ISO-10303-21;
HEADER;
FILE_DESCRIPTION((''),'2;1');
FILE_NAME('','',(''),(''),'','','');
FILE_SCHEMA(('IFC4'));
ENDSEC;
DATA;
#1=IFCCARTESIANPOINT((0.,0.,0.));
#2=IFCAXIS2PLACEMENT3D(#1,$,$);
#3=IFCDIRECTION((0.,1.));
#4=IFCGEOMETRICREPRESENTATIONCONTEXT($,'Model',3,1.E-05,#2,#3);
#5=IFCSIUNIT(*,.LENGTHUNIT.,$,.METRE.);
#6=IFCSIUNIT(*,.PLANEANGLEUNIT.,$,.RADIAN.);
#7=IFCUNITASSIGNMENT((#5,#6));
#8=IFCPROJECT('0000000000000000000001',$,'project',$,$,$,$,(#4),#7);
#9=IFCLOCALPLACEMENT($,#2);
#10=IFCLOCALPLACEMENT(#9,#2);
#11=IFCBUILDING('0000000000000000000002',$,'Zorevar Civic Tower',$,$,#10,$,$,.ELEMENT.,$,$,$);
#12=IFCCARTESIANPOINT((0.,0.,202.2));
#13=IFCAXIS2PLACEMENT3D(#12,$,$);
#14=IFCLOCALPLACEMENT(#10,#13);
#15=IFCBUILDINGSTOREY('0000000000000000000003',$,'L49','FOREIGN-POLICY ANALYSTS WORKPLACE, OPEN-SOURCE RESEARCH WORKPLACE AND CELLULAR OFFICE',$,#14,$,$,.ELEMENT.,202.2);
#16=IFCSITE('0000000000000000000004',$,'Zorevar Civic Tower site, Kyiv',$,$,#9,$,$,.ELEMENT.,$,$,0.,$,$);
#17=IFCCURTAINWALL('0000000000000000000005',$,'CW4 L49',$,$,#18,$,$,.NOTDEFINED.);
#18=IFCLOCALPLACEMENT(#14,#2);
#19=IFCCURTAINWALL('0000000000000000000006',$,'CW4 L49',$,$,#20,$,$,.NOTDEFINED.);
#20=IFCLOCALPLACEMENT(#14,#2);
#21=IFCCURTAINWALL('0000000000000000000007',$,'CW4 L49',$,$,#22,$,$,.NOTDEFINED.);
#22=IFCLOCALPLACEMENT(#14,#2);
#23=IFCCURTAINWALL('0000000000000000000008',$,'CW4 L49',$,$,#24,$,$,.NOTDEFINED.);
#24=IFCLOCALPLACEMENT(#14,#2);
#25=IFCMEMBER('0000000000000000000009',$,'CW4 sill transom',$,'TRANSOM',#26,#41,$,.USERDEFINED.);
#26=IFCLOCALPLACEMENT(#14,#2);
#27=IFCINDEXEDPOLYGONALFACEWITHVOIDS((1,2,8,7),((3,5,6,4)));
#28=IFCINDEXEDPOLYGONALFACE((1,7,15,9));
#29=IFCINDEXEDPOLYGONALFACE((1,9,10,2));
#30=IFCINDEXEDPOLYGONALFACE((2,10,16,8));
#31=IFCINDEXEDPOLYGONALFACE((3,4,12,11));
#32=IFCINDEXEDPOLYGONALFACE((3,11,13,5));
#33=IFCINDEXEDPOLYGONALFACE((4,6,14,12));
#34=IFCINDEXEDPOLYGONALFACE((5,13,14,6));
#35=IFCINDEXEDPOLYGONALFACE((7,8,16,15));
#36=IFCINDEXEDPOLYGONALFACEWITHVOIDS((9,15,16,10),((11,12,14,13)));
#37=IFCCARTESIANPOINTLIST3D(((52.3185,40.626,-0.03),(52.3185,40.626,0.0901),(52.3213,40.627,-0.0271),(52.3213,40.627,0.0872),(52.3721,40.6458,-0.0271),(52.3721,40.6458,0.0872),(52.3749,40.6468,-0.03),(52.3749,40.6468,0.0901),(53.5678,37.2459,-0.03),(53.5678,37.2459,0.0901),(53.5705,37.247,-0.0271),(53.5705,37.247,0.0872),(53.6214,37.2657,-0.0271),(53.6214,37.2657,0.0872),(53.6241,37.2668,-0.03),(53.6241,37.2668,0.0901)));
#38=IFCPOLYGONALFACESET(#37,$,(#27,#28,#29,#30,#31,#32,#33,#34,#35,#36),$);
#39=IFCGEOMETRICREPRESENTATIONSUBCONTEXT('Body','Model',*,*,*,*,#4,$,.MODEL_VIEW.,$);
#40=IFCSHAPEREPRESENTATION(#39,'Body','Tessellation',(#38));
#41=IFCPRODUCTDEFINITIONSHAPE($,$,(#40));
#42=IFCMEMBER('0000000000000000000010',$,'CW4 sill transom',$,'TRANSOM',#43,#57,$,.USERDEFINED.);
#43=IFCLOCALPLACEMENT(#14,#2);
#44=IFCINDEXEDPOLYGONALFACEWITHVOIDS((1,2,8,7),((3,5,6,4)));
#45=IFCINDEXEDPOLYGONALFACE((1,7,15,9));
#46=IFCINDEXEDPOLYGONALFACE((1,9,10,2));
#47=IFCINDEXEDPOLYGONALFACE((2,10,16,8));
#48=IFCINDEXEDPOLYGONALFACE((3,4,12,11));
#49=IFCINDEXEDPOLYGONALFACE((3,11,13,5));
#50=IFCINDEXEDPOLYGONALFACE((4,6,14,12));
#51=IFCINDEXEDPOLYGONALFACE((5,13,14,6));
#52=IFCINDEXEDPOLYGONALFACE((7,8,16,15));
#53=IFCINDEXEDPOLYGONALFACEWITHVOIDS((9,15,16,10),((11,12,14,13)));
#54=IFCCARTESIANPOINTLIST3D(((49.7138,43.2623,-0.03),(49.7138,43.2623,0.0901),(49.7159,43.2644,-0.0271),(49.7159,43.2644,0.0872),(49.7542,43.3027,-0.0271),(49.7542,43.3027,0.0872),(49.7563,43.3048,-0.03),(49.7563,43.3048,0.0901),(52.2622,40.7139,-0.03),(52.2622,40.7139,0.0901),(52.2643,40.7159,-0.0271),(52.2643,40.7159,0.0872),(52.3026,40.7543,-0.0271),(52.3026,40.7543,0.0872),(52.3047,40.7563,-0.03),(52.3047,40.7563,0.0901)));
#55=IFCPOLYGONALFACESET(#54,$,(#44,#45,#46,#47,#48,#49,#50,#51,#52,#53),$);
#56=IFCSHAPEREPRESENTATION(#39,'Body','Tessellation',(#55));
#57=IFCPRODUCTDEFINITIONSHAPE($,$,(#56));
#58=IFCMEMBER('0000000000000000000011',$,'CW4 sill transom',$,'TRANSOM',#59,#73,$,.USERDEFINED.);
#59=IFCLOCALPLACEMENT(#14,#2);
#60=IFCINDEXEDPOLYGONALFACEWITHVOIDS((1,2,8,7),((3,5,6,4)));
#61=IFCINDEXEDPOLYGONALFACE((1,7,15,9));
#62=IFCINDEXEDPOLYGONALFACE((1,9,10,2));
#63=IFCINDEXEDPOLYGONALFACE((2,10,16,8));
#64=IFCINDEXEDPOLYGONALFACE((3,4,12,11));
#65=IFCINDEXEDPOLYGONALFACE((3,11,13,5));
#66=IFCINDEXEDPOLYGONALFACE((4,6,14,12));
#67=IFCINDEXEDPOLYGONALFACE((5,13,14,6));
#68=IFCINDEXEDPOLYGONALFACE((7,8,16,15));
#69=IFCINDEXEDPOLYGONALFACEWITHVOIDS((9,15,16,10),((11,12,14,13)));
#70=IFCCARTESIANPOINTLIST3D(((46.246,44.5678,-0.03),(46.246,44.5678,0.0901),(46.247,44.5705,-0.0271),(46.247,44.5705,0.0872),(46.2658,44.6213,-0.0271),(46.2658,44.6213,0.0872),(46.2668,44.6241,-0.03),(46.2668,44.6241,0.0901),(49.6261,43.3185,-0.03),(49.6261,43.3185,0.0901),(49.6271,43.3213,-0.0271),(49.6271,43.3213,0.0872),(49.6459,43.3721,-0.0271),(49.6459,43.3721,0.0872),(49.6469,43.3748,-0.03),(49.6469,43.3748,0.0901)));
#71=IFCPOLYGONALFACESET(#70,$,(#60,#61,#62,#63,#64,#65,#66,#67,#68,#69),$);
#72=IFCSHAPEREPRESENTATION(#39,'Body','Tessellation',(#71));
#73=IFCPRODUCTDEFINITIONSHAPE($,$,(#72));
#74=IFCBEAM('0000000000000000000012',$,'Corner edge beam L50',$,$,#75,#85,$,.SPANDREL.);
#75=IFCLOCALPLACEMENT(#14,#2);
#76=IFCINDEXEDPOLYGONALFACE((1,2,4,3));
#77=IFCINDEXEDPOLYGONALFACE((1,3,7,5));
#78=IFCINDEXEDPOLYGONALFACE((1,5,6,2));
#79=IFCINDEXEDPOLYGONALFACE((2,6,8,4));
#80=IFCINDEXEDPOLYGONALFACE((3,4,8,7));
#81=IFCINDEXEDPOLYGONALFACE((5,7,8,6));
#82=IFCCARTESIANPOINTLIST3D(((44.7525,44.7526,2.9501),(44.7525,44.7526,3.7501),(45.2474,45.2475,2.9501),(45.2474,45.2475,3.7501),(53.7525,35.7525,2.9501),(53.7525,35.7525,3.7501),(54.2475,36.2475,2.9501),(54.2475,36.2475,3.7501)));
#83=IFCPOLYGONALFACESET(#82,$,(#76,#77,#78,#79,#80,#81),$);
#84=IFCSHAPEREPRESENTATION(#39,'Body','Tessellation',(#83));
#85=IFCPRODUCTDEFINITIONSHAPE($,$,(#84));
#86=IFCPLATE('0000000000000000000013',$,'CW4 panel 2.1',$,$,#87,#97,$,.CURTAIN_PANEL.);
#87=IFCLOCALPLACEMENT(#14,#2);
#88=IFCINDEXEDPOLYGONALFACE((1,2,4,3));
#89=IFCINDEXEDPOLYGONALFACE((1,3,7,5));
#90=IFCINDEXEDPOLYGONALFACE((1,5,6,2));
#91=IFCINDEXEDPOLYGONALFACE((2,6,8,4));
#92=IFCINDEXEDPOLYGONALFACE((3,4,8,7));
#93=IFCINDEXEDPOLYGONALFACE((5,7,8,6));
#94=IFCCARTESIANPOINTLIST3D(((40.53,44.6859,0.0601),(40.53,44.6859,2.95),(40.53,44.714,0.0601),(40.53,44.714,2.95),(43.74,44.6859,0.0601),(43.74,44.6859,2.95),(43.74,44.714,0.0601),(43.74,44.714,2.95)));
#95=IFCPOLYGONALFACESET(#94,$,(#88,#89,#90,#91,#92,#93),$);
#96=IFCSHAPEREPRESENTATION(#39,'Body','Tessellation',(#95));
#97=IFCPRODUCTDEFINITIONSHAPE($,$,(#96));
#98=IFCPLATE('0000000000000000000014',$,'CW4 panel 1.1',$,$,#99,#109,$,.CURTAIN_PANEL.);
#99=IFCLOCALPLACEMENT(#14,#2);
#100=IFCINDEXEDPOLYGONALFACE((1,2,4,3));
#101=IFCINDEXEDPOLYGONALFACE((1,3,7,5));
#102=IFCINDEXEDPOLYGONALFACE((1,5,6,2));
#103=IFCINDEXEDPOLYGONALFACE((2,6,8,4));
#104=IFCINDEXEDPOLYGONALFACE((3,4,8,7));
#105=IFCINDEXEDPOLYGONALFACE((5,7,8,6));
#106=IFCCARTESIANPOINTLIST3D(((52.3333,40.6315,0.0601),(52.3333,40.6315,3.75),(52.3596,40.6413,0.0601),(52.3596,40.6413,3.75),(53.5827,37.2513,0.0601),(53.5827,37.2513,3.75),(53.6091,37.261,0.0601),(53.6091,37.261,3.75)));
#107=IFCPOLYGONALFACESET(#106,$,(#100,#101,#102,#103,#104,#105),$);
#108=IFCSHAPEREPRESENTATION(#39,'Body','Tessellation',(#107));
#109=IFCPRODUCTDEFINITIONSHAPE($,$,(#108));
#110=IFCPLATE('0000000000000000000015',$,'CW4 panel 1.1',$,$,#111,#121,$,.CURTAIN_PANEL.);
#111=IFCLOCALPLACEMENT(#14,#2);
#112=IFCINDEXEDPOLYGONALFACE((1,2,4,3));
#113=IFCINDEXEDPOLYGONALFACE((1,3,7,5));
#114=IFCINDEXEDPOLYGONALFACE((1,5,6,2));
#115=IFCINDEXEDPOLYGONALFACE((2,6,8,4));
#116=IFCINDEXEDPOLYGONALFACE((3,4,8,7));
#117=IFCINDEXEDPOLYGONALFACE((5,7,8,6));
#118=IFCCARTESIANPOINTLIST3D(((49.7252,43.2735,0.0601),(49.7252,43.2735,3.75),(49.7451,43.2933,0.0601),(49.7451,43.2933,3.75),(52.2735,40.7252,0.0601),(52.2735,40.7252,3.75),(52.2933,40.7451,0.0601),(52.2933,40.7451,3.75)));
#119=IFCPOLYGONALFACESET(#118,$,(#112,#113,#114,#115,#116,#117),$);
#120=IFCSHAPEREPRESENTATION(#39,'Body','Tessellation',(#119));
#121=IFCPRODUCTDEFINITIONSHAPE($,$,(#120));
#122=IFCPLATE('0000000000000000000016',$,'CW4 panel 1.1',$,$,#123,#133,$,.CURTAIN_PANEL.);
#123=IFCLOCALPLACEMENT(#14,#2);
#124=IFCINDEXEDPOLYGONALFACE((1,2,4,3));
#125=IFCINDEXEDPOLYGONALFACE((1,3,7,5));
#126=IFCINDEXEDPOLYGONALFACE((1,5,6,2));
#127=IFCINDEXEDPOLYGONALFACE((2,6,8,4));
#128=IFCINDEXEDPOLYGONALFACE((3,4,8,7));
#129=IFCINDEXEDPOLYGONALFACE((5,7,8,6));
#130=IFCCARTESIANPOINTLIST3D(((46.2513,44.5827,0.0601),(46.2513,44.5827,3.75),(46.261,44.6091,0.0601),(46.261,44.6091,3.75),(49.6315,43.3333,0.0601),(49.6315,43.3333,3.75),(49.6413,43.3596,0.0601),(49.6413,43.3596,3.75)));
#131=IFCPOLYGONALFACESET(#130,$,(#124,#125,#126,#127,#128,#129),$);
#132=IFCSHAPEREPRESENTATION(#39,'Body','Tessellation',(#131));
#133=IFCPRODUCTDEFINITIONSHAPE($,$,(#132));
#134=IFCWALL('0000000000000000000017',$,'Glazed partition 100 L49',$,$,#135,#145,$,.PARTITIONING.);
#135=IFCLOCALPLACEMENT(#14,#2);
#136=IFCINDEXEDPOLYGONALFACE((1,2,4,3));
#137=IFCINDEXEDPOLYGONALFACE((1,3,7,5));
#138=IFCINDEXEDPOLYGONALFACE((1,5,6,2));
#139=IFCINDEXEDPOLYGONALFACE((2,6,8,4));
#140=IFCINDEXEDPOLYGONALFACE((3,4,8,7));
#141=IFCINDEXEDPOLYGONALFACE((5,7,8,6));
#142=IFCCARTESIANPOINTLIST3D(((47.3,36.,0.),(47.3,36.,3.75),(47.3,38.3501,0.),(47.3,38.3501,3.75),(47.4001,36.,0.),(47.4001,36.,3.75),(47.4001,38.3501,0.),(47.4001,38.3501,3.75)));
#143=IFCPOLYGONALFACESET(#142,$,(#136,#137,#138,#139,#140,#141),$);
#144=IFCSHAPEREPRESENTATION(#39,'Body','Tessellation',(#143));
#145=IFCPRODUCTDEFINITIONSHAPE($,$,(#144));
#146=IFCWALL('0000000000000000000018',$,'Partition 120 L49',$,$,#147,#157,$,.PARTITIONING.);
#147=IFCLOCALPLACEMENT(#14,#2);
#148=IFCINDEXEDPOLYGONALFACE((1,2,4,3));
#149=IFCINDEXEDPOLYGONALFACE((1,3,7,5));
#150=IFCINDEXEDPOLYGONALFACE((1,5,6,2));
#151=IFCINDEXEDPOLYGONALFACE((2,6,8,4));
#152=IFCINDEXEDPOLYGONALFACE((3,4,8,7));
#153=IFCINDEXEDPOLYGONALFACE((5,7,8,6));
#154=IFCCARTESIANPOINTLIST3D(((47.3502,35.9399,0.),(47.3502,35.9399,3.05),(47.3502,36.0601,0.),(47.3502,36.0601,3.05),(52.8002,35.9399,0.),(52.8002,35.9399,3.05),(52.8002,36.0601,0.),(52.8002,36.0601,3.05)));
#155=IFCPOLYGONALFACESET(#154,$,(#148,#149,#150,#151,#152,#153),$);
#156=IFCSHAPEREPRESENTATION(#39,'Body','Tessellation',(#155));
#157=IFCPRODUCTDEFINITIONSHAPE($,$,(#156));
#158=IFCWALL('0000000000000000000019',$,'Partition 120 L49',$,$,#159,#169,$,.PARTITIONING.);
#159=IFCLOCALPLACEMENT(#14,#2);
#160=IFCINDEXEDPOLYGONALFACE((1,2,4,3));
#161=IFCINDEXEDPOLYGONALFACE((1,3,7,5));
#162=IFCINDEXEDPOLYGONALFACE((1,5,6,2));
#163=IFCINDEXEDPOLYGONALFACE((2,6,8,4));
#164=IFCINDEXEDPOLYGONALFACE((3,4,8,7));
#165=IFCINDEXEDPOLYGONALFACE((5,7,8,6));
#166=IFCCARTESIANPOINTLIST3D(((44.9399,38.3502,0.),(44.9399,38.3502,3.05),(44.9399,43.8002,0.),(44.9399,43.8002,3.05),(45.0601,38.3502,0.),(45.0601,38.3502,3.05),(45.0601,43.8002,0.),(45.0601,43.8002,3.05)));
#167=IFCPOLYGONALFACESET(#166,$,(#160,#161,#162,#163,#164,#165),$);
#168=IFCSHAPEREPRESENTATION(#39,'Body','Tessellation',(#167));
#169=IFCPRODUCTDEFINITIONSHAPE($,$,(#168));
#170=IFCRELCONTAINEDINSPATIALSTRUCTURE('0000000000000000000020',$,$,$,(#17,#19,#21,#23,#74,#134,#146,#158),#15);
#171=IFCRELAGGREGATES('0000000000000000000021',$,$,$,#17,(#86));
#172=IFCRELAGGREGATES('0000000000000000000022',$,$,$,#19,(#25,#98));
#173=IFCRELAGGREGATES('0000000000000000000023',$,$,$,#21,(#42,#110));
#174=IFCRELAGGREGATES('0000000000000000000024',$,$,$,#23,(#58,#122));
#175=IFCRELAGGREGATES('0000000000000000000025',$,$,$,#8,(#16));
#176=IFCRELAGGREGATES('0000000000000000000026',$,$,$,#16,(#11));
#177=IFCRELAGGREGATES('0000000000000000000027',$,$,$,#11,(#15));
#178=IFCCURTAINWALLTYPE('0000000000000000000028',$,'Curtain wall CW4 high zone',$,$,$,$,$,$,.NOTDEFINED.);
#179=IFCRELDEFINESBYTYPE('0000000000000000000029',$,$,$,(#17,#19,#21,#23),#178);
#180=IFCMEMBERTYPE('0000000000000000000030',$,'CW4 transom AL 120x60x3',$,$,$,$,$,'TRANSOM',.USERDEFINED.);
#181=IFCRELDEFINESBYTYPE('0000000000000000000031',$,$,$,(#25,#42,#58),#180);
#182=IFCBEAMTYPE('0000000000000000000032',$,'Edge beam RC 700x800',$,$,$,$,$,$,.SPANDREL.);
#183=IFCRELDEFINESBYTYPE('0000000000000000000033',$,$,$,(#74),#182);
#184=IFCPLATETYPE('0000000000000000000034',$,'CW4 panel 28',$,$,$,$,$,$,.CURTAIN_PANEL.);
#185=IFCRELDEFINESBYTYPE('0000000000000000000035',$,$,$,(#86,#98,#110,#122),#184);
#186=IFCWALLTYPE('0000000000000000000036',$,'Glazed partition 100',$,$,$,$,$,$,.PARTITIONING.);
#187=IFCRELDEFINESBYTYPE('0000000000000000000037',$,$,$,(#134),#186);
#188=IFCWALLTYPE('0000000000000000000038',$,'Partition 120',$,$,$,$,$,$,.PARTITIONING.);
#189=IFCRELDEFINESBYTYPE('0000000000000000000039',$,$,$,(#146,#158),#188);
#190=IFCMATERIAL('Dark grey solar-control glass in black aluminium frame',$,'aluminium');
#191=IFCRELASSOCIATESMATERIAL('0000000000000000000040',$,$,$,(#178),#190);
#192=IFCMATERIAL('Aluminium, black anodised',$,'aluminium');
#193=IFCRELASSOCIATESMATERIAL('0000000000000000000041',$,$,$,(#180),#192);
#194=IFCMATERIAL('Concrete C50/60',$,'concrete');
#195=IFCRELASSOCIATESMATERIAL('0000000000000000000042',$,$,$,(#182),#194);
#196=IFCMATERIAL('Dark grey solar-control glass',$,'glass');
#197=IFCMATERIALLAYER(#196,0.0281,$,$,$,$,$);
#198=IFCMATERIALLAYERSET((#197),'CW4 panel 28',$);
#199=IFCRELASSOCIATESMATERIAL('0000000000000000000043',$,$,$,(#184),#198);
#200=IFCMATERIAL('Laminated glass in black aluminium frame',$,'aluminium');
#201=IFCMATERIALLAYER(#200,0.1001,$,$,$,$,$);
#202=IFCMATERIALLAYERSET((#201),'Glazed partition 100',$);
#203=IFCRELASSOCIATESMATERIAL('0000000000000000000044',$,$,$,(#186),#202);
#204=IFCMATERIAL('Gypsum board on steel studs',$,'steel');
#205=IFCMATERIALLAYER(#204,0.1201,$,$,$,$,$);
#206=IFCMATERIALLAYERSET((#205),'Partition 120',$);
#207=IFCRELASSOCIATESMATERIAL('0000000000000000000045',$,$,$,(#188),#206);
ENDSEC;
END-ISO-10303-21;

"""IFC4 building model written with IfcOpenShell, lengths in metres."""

from ifc_helpers import new_model, si_unit, direction, frame, frame_2d, origin, origin_2d, place, context, subcontext, project, spatial, rectangle, hollow_rectangle, extrude, material, layer, layer_set, material_profile, profile_set, type_object, element, aggregate, save


model = new_model("IFC4")

# Units and contexts
model_context = context("Model", 3, precision=1e-05, world=origin(), true_north=direction((0.0, 1.0)))
body_context = subcontext(model_context, "Body", "Model", "MODEL_VIEW")
ifc_project = project(units=[si_unit("LENGTHUNIT", "METRE"), si_unit("PLANEANGLEUNIT", "RADIAN")], contexts=[model_context])

# Site, building, storey
site_placement = place(None, origin())
site = spatial("IfcSite", under=ifc_project, at=site_placement, Name="Zorevar Civic Tower site, Kyiv", CompositionType="ELEMENT", RefElevation=0.0)
building_placement = place(site_placement, origin())
building = spatial("IfcBuilding", under=site, at=building_placement, Name="Zorevar Civic Tower", CompositionType="ELEMENT")
storey_placement = place(building_placement, frame((0.0, 0.0, 202.2)))
storey = spatial("IfcBuildingStorey", under=building, at=storey_placement, Name="L49", Description="FOREIGN-POLICY ANALYSTS WORKPLACE, OPEN-SOURCE RESEARCH WORKPLACE AND CELLULAR OFFICE", CompositionType="ELEMENT", Elevation=202.2)

# Curtain walls
ifc_material_1 = material(Name="Dark grey solar-control glass in black aluminium frame", Category="aluminium")
curtain_wall_type = type_object("IfcCurtainWallType", Name="Curtain wall CW4 high zone", PredefinedType="NOTDEFINED", material=ifc_material_1)
curtain_wall_1_placement = place(storey_placement, origin())
curtain_wall_1 = element("IfcCurtainWall", 1, at=curtain_wall_1_placement, inside=storey, type_object=curtain_wall_type, Name="CW4 L49", PredefinedType="NOTDEFINED")
curtain_wall_2_placement = place(storey_placement, origin())
curtain_wall_2 = element("IfcCurtainWall", 2, at=curtain_wall_2_placement, inside=storey, type_object=curtain_wall_type, Name="CW4 L49", PredefinedType="NOTDEFINED")
curtain_wall_3_placement = place(storey_placement, origin())
curtain_wall_3 = element("IfcCurtainWall", 3, at=curtain_wall_3_placement, inside=storey, type_object=curtain_wall_type, Name="CW4 L49", PredefinedType="NOTDEFINED")
curtain_wall_4_placement = place(storey_placement, origin())
curtain_wall_4 = element("IfcCurtainWall", 4, at=curtain_wall_4_placement, inside=storey, type_object=curtain_wall_type, Name="CW4 L49", PredefinedType="NOTDEFINED")

# Members
ifc_material_2 = material(Name="Aluminium, black anodised", Category="aluminium")
ifc_material_profile_1 = material_profile(ifc_material_2, hollow_rectangle(XDim=0.0601, YDim=0.1201, WallThickness=0.0029, at=origin_2d()), Name="AL 120x60x3")
ifc_profile_set_1 = profile_set([ifc_material_profile_1], Name="Aluminium, black anodised")
member_type_1 = type_object("IfcMemberType", Name="CW4 transom AL 120x60x3", ElementType="TRANSOM", PredefinedType="USERDEFINED", material=ifc_profile_set_1)
member_1_placement = place(storey_placement, frame((53.5959, 37.2563, 0.03), z_axis=(-0.346672, 0.937986, 0.0), x_axis=(-0.937986, -0.346672, 0.0)))
member_1 = element("IfcMember", 5, at=member_1_placement, type_object=member_type_1, Name="CW4 sill transom", ObjectType="TRANSOM", PredefinedType="USERDEFINED", context=body_context, shape_type="SweptSolid", body=[
    extrude(hollow_rectangle(XDim=0.0601, YDim=0.1201, WallThickness=0.0029, at=origin_2d()), origin(), (0.0, 0.0, 1.0), 3.6035),
])
member_2_placement = place(storey_placement, frame((52.2834, 40.7351, 0.03), z_axis=(-0.707107, 0.707107, 0.0), x_axis=(-0.707107, -0.707107, 0.0)))
member_2 = element("IfcMember", 6, at=member_2_placement, type_object=member_type_1, Name="CW4 sill transom", ObjectType="TRANSOM", PredefinedType="USERDEFINED", context=body_context, shape_type="SweptSolid", body=[
    extrude(hollow_rectangle(XDim=0.0601, YDim=0.1201, WallThickness=0.0029, at=origin_2d()), origin(), (0.0, 0.0, 1.0), 3.604),
])
member_3_placement = place(storey_placement, frame((49.6365, 43.3467, 0.03), z_axis=(-0.937986, 0.346672, 0.0), x_axis=(-0.346672, -0.937986, 0.0)))
member_3 = element("IfcMember", 7, at=member_3_placement, type_object=member_type_1, Name="CW4 sill transom", ObjectType="TRANSOM", PredefinedType="USERDEFINED", context=body_context, shape_type="SweptSolid", body=[
    extrude(hollow_rectangle(XDim=0.0601, YDim=0.1201, WallThickness=0.0029, at=origin_2d()), origin(), (0.0, 0.0, 1.0), 3.6035),
])

# Beam
ifc_material_3 = material(Name="Concrete C50/60", Category="concrete")
ifc_material_profile_2 = material_profile(ifc_material_3, rectangle(XDim=0.7, YDim=0.8, at=origin_2d()), Name="RC 700x800")
ifc_profile_set_2 = profile_set([ifc_material_profile_2], Name="Concrete C50/60")
beam_type_1 = type_object("IfcBeamType", Name="Edge beam RC 700x800", PredefinedType="SPANDREL", material=ifc_profile_set_2)
beam_1_placement = place(storey_placement, frame((54.0, 36.0, 3.3501), z_axis=(-0.707107, 0.707107, 0.0), x_axis=(-0.707107, -0.707107, 0.0)))
element("IfcBeam", 8, at=beam_1_placement, inside=storey, type_object=beam_type_1, Name="Corner edge beam L50", PredefinedType="SPANDREL", context=body_context, shape_type="SweptSolid", body=[
    extrude(rectangle(XDim=0.7, YDim=0.8, at=origin_2d()), origin(), (0.0, 0.0, 1.0), 12.728),
])

# Plates
ifc_material_4 = material(Name="Dark grey solar-control glass", Category="glass")
ifc_layer_1 = layer(ifc_material_4, 0.0281)
ifc_layer_set_1 = layer_set([ifc_layer_1], Name="CW4 panel 28")
plate_type = type_object("IfcPlateType", Name="CW4 panel 28", PredefinedType="CURTAIN_PANEL", material=ifc_layer_set_1)
plate_1_placement = place(storey_placement, frame((42.135, 44.7, 0.0601), z_axis=(0.0, 0.0, 1.0), x_axis=(1.0, 0.0, 0.0)))
plate_1 = element("IfcPlate", 9, at=plate_1_placement, type_object=plate_type, Name="CW4 panel 2.1", PredefinedType="CURTAIN_PANEL", context=body_context, shape_type="SweptSolid", body=[
    extrude(rectangle(XDim=3.21, YDim=0.0281, at=origin_2d()), origin(), (0.0, 0.0, 1.0), 2.8899),
])
aggregate(curtain_wall_1, [plate_1])
plate_2_placement = place(storey_placement, frame((52.9712, 38.9463, 0.0601), z_axis=(0.0, 0.0, 1.0), x_axis=(-0.346704, 0.937975, 0.0)))
plate_2 = element("IfcPlate", 10, at=plate_2_placement, type_object=plate_type, Name="CW4 panel 1.1", PredefinedType="CURTAIN_PANEL", context=body_context, shape_type="SweptSolid", body=[
    extrude(rectangle(XDim=3.6038, YDim=0.0281, at=origin_2d()), origin(), (0.0, 0.0, 1.0), 3.6899),
])
aggregate(curtain_wall_2, [member_1, plate_2])
plate_3_placement = place(storey_placement, frame((51.0093, 42.0093, 0.0601), z_axis=(0.0, 0.0, 1.0), x_axis=(-0.707107, 0.707107, 0.0)))
plate_3 = element("IfcPlate", 11, at=plate_3_placement, type_object=plate_type, Name="CW4 panel 1.1", PredefinedType="CURTAIN_PANEL", context=body_context, shape_type="SweptSolid", body=[
    extrude(rectangle(XDim=3.6038, YDim=0.0281, at=origin_2d()), origin(), (0.0, 0.0, 1.0), 3.6899),
])
aggregate(curtain_wall_3, [member_2, plate_3])
plate_4_placement = place(storey_placement, frame((47.9463, 43.9712, 0.0601), z_axis=(0.0, 0.0, 1.0), x_axis=(-0.937975, 0.346704, 0.0)))
plate_4 = element("IfcPlate", 12, at=plate_4_placement, type_object=plate_type, Name="CW4 panel 1.1", PredefinedType="CURTAIN_PANEL", context=body_context, shape_type="SweptSolid", body=[
    extrude(rectangle(XDim=3.6038, YDim=0.0281, at=origin_2d()), origin(), (0.0, 0.0, 1.0), 3.6899),
])
aggregate(curtain_wall_4, [member_3, plate_4])

# Shared definitions
ifc_material_5 = material(Name="Laminated glass in black aluminium frame", Category="aluminium")
ifc_layer_2 = layer(ifc_material_5, 0.1001)
ifc_layer_set_2 = layer_set([ifc_layer_2], Name="Glazed partition 100")
wall_type_1 = type_object("IfcWallType", Name="Glazed partition 100", PredefinedType="PARTITIONING", material=ifc_layer_set_2)

# Walls
wall_1_placement = place(storey_placement, frame((47.3501, 36.0, 0.0), z_axis=(0.0, 0.0, 1.0), x_axis=(0.0, 1.0, 0.0)))
element("IfcWall", 13, at=wall_1_placement, inside=storey, type_object=wall_type_1, Name="Glazed partition 100 L49", PredefinedType="PARTITIONING", context=body_context, shape_type="SweptSolid", body=[
    extrude(rectangle(XDim=2.3501, YDim=0.1001, at=frame_2d((1.175, 0.0))), origin(), (0.0, 0.0, 1.0), 3.75),
])
ifc_material_6 = material(Name="Gypsum board on steel studs", Category="steel")
ifc_layer_3 = layer(ifc_material_6, 0.1201)
ifc_layer_set_3 = layer_set([ifc_layer_3], Name="Partition 120")
wall_type_2 = type_object("IfcWallType", Name="Partition 120", PredefinedType="PARTITIONING", material=ifc_layer_set_3)
for number, where, z_axis, x_axis, name in (
    (14, (47.3501, 36.0, 0.0), (0.0, 0.0, 1.0), (1.0, 0.0, 0.0), "Partition 120 L49"),
    (15, (45.0, 38.3501, 0.0), (0.0, 0.0, 1.0), (0.0, 1.0, 0.0), "Partition 120 L49"),
):
    element("IfcWall", number, at=place(storey_placement, frame(where, z_axis=z_axis, x_axis=x_axis)), inside=storey, type_object=wall_type_2, Name=name, PredefinedType="PARTITIONING", context=body_context, shape_type="SweptSolid", body=[
        extrude(rectangle(XDim=5.45, YDim=0.1201, at=frame_2d((2.7251, 0.0))), origin(), (0.0, 0.0, 1.0), 3.05),
    ])

save(model, "model.ifc")
